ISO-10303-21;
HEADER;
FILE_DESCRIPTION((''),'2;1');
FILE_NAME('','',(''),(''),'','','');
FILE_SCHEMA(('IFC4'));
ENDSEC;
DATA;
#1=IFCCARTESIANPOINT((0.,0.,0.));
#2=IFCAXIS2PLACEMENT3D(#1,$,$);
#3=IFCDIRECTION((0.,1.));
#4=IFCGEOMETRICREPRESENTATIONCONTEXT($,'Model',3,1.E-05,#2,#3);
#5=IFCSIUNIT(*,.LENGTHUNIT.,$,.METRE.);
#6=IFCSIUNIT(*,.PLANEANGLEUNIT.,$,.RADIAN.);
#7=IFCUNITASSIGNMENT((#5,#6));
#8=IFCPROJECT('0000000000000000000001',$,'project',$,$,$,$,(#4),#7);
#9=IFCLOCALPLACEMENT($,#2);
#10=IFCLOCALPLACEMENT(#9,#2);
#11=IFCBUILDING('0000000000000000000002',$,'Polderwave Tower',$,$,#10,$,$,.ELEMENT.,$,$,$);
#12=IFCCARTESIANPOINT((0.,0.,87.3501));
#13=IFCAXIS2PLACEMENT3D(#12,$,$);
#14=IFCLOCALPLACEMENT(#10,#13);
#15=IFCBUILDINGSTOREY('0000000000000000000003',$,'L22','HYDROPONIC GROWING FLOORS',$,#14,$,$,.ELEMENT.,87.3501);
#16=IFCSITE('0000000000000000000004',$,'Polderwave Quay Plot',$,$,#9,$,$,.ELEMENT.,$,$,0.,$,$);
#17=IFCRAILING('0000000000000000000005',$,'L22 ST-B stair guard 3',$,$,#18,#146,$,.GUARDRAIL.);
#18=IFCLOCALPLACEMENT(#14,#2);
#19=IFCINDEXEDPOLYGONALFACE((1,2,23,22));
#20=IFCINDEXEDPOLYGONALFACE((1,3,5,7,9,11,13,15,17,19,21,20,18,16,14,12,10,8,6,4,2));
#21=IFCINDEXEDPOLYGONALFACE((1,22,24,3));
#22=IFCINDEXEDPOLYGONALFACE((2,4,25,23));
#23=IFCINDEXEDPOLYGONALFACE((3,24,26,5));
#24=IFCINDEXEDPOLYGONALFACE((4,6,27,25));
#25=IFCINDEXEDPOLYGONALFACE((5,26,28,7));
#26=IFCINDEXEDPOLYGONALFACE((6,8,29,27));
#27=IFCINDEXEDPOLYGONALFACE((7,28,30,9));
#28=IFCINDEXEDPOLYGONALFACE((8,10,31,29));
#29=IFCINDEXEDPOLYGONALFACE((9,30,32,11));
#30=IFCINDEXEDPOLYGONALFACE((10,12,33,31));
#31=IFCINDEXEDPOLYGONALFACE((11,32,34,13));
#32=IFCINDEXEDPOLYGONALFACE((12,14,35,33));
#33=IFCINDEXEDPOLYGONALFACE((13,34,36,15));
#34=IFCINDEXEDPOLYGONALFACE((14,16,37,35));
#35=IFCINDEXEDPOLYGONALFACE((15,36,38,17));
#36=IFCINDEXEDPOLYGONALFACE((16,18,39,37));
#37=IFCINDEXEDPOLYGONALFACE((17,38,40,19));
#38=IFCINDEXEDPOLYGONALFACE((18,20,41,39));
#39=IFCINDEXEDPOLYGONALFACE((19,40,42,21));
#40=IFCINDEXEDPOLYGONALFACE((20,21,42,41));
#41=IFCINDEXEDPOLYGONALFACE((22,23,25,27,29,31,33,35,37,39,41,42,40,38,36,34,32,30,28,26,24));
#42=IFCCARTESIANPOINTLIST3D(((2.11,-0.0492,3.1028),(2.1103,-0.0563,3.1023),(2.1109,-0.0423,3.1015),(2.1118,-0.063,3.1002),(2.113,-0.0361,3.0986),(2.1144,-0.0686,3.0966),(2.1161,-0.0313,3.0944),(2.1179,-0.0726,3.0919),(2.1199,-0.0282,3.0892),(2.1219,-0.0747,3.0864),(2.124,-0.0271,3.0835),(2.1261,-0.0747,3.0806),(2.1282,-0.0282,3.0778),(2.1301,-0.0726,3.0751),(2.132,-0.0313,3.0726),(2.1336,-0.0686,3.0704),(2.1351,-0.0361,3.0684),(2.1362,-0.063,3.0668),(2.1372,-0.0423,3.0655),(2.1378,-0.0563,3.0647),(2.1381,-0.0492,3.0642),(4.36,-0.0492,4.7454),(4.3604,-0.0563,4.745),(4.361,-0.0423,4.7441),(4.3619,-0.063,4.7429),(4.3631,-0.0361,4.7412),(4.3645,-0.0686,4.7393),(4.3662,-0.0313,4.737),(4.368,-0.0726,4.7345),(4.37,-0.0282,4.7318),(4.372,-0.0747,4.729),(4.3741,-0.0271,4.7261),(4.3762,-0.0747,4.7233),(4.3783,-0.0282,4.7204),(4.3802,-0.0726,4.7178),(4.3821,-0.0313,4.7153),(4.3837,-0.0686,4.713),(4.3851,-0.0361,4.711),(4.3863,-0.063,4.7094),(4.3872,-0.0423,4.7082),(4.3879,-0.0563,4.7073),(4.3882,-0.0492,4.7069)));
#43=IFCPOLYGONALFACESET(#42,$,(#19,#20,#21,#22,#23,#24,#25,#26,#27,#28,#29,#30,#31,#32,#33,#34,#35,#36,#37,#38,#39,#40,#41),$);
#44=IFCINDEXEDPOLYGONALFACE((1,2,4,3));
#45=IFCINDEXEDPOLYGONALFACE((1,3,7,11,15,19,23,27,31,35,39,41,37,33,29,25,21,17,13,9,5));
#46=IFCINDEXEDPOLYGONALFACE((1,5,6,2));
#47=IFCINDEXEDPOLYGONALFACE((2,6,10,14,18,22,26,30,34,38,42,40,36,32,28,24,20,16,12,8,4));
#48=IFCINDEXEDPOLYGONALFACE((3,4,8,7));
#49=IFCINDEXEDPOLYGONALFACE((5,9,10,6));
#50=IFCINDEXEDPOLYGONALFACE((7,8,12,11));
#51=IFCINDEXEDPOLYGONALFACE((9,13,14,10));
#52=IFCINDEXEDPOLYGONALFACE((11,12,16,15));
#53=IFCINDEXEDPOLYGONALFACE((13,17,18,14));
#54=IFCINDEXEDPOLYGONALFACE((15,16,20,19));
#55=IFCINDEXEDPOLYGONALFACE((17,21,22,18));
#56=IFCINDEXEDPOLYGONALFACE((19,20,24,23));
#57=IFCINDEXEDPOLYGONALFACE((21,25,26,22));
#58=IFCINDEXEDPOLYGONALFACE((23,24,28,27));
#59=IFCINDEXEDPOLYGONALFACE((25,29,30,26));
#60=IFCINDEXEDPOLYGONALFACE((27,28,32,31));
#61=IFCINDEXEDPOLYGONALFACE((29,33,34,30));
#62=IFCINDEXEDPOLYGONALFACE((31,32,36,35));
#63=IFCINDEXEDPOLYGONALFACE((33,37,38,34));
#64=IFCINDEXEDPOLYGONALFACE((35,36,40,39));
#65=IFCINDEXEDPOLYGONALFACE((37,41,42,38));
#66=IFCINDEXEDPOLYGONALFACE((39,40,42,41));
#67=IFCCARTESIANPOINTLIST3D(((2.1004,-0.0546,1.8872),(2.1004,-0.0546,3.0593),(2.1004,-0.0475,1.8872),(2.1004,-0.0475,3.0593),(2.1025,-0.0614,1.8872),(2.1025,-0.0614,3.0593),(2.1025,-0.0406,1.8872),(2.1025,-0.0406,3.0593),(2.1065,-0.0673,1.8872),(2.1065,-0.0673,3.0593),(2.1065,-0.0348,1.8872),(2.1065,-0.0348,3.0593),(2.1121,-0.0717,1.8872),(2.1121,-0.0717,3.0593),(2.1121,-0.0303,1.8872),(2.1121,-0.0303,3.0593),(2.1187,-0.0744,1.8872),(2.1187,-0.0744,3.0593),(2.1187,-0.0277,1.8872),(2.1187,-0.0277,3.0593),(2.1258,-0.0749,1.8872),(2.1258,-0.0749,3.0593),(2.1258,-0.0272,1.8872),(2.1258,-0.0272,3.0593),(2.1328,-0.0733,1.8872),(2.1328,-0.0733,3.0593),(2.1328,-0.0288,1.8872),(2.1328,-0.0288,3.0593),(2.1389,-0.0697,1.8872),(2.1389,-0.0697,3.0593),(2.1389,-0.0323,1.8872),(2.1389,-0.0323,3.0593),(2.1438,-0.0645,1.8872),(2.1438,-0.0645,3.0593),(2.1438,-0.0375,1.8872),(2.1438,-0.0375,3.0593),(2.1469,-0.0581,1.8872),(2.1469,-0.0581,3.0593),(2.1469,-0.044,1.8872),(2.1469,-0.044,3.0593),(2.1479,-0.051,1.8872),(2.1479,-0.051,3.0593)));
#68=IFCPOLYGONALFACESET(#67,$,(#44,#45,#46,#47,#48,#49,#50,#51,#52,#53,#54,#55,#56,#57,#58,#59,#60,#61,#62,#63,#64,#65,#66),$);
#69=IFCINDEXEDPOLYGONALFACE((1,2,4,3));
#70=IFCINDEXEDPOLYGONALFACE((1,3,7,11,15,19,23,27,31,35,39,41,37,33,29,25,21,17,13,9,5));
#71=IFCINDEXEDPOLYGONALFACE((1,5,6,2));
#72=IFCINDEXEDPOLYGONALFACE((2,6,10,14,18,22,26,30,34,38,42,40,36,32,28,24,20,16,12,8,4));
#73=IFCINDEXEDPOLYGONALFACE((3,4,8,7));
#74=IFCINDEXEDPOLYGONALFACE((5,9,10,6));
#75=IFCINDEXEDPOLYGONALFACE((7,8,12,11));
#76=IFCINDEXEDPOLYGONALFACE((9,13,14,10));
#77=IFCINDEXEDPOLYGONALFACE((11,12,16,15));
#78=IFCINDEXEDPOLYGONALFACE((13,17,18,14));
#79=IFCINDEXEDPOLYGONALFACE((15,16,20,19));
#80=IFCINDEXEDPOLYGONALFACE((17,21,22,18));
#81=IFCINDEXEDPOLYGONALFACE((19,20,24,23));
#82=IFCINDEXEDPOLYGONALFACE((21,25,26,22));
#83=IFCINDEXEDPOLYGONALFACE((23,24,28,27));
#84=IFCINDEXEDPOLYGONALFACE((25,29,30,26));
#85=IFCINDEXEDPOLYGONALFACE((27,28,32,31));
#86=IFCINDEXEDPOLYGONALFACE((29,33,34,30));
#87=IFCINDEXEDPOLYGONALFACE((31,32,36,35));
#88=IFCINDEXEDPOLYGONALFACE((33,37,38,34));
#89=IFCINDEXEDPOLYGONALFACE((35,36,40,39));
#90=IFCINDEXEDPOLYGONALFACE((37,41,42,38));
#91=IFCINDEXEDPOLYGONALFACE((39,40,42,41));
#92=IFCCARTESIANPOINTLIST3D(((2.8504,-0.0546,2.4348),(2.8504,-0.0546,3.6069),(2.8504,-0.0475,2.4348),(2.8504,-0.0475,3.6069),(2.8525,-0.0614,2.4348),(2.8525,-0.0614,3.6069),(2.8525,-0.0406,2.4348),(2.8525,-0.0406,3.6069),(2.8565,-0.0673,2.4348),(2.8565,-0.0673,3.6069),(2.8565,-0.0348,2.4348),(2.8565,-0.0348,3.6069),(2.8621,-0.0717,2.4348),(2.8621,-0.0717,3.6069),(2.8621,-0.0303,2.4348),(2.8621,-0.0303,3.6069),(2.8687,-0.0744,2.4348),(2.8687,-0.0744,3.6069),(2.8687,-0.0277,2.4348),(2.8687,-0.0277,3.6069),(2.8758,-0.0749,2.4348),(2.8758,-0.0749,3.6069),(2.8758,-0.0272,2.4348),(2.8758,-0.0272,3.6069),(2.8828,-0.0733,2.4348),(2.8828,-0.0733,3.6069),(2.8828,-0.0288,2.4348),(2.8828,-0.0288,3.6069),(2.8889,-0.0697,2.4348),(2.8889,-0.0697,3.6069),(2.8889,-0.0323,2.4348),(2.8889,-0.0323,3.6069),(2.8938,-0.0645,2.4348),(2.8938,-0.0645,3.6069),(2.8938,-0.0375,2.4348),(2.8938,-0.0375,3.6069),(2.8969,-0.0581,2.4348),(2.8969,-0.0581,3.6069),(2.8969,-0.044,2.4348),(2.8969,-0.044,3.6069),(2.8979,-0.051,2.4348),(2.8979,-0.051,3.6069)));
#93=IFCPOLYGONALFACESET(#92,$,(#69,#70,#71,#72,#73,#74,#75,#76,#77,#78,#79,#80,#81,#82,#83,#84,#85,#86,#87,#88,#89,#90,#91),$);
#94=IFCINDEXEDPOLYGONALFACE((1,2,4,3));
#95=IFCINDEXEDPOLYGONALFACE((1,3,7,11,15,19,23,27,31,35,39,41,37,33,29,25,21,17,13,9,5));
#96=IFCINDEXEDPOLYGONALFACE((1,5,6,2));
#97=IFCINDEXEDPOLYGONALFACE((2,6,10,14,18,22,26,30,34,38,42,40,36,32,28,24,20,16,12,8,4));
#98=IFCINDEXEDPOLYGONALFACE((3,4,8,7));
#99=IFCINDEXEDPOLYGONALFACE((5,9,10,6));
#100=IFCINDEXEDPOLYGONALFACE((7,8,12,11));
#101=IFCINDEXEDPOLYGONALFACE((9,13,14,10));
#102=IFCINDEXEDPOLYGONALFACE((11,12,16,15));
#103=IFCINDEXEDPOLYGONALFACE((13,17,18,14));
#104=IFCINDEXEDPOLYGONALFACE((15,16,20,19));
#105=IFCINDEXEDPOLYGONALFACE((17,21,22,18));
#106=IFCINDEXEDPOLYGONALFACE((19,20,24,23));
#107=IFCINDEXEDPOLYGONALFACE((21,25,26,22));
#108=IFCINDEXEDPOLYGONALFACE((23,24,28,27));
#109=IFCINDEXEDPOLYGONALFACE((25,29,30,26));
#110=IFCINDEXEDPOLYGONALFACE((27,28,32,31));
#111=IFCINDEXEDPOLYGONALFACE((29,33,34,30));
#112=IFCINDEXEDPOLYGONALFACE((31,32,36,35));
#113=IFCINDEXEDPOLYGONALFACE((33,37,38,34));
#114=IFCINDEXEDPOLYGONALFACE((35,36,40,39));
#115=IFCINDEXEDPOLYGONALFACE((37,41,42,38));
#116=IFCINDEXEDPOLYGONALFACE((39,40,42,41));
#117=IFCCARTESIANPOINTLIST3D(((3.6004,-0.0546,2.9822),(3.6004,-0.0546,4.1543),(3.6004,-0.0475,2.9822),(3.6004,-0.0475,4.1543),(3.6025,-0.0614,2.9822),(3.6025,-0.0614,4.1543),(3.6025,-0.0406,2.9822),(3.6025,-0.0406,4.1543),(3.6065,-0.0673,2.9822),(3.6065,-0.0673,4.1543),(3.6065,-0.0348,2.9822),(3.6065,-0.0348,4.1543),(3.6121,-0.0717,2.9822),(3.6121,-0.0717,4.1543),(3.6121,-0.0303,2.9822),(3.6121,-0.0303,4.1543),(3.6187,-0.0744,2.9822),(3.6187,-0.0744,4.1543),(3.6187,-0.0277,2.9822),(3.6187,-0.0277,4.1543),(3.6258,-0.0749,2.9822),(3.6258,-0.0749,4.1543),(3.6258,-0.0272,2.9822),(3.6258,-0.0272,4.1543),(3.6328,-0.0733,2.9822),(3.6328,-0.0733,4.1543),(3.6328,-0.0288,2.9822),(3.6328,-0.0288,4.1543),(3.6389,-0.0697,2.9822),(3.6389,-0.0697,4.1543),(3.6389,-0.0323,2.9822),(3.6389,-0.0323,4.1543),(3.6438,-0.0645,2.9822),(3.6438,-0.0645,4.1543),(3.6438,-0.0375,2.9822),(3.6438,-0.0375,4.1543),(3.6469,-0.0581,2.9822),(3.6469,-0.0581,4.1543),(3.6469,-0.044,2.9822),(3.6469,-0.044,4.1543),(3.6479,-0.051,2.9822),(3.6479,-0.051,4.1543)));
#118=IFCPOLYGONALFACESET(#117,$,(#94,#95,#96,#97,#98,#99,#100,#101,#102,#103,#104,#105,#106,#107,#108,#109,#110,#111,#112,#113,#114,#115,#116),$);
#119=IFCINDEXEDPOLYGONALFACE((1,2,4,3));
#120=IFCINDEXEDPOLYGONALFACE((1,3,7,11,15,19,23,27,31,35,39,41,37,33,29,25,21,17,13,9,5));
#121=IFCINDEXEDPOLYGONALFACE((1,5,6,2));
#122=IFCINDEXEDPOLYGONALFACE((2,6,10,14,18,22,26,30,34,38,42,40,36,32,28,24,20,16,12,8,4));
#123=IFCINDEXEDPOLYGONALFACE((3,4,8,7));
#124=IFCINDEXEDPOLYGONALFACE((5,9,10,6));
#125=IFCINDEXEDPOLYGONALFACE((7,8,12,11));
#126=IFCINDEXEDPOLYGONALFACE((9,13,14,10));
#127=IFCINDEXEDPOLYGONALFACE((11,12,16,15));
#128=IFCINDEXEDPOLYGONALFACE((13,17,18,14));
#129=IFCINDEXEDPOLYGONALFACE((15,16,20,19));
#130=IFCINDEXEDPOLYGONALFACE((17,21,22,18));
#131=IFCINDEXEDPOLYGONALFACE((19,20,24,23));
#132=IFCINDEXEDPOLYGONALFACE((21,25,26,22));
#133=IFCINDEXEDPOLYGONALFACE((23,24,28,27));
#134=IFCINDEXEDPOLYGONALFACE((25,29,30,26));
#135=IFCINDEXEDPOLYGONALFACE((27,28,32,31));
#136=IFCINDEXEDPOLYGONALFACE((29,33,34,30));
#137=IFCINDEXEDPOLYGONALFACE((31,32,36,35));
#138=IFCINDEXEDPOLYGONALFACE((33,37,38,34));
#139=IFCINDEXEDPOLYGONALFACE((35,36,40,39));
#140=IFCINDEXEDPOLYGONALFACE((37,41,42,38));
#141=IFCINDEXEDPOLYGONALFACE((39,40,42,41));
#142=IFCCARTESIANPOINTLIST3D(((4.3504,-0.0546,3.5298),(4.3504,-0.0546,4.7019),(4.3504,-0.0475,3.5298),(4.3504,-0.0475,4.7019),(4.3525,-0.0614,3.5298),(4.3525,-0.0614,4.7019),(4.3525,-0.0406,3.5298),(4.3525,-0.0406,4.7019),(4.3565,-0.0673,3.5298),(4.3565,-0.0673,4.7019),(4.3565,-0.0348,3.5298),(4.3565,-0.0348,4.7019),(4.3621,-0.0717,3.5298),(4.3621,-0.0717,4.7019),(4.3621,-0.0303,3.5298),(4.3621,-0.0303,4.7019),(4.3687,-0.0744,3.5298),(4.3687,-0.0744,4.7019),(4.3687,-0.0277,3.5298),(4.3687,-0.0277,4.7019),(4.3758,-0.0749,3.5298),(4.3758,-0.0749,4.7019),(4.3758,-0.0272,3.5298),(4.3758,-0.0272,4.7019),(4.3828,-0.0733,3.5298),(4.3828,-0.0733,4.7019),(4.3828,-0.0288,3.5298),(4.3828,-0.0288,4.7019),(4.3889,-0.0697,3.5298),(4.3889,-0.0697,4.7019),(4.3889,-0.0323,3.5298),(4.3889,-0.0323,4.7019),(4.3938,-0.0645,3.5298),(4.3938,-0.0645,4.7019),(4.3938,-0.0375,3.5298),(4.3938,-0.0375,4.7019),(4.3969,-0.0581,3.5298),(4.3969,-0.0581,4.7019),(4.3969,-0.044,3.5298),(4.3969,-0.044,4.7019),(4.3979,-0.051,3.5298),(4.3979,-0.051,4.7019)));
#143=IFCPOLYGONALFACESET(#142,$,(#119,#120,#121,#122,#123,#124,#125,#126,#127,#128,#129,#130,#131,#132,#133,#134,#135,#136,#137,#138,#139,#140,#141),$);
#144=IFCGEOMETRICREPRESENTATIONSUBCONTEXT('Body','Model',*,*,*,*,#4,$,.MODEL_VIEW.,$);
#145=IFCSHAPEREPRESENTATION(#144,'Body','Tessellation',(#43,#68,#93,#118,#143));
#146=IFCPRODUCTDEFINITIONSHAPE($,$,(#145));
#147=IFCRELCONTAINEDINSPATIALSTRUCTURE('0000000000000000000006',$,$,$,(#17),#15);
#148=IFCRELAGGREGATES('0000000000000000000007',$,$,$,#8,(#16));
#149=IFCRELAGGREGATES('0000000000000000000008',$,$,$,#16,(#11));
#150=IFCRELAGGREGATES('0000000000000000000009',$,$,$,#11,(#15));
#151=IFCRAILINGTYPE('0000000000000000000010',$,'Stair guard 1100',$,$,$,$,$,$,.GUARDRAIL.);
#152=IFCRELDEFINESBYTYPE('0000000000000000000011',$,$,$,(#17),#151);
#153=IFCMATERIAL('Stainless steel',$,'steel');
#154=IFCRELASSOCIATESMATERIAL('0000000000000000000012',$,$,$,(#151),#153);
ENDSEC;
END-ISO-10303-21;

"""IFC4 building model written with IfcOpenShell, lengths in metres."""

from ifc_helpers import new_model, si_unit, direction, frame, origin, origin_2d, place, context, subcontext, project, spatial, circle, extrude, material, type_object, element, save


model = new_model("IFC4")

# Units and contexts
model_context = context("Model", 3, precision=1e-05, world=origin(), true_north=direction((0.0, 1.0)))
body_context = subcontext(model_context, "Body", "Model", "MODEL_VIEW")
ifc_project = project(units=[si_unit("LENGTHUNIT", "METRE"), si_unit("PLANEANGLEUNIT", "RADIAN")], contexts=[model_context])

# Site, building, storey
site_placement = place(None, origin())
site = spatial("IfcSite", under=ifc_project, at=site_placement, Name="Polderwave Quay Plot", CompositionType="ELEMENT", RefElevation=0.0)
building_placement = place(site_placement, origin())
building = spatial("IfcBuilding", under=site, at=building_placement, Name="Polderwave Tower", CompositionType="ELEMENT")
storey_placement = place(building_placement, frame((0.0, 0.0, 87.3501)))
storey = spatial("IfcBuildingStorey", under=building, at=storey_placement, Name="L22", Description="HYDROPONIC GROWING FLOORS", CompositionType="ELEMENT", Elevation=87.3501)

# Railing
ifc_material_1 = material(Name="Stainless steel", Category="steel")
railing_type_1 = type_object("IfcRailingType", Name="Stair guard 1100", PredefinedType="GUARDRAIL", material=ifc_material_1)
railing_1_placement = place(storey_placement, frame((2.124, -0.051, 1.8872)))
element("IfcRailing", 1, at=railing_1_placement, inside=storey, type_object=railing_type_1, Name="L22 ST-B stair guard 3", PredefinedType="GUARDRAIL", context=body_context, shape_type="SweptSolid", body=[
    extrude(circle(Radius=0.0239, at=origin_2d()), frame((0.0, 0.0, 1.1963), z_axis=(0.807674, 0.0, 0.58963), x_axis=(0.0, 1.0, 0.0)), (0.0, 0.0, 1.0), 2.7859),
    extrude(circle(Radius=0.0239, at=origin_2d()), origin(), (0.0, 0.0, 1.0), 1.1721),
    extrude(circle(Radius=0.0239, at=origin_2d()), frame((0.75, 0.0, 0.5476)), (0.0, 0.0, 1.0), 1.1721),
    extrude(circle(Radius=0.0239, at=origin_2d()), frame((1.5, 0.0, 1.095)), (0.0, 0.0, 1.0), 1.1721),
    extrude(circle(Radius=0.0239, at=origin_2d()), frame((2.25, 0.0, 1.6426)), (0.0, 0.0, 1.0), 1.1721),
])

save(model, "model.ifc")
